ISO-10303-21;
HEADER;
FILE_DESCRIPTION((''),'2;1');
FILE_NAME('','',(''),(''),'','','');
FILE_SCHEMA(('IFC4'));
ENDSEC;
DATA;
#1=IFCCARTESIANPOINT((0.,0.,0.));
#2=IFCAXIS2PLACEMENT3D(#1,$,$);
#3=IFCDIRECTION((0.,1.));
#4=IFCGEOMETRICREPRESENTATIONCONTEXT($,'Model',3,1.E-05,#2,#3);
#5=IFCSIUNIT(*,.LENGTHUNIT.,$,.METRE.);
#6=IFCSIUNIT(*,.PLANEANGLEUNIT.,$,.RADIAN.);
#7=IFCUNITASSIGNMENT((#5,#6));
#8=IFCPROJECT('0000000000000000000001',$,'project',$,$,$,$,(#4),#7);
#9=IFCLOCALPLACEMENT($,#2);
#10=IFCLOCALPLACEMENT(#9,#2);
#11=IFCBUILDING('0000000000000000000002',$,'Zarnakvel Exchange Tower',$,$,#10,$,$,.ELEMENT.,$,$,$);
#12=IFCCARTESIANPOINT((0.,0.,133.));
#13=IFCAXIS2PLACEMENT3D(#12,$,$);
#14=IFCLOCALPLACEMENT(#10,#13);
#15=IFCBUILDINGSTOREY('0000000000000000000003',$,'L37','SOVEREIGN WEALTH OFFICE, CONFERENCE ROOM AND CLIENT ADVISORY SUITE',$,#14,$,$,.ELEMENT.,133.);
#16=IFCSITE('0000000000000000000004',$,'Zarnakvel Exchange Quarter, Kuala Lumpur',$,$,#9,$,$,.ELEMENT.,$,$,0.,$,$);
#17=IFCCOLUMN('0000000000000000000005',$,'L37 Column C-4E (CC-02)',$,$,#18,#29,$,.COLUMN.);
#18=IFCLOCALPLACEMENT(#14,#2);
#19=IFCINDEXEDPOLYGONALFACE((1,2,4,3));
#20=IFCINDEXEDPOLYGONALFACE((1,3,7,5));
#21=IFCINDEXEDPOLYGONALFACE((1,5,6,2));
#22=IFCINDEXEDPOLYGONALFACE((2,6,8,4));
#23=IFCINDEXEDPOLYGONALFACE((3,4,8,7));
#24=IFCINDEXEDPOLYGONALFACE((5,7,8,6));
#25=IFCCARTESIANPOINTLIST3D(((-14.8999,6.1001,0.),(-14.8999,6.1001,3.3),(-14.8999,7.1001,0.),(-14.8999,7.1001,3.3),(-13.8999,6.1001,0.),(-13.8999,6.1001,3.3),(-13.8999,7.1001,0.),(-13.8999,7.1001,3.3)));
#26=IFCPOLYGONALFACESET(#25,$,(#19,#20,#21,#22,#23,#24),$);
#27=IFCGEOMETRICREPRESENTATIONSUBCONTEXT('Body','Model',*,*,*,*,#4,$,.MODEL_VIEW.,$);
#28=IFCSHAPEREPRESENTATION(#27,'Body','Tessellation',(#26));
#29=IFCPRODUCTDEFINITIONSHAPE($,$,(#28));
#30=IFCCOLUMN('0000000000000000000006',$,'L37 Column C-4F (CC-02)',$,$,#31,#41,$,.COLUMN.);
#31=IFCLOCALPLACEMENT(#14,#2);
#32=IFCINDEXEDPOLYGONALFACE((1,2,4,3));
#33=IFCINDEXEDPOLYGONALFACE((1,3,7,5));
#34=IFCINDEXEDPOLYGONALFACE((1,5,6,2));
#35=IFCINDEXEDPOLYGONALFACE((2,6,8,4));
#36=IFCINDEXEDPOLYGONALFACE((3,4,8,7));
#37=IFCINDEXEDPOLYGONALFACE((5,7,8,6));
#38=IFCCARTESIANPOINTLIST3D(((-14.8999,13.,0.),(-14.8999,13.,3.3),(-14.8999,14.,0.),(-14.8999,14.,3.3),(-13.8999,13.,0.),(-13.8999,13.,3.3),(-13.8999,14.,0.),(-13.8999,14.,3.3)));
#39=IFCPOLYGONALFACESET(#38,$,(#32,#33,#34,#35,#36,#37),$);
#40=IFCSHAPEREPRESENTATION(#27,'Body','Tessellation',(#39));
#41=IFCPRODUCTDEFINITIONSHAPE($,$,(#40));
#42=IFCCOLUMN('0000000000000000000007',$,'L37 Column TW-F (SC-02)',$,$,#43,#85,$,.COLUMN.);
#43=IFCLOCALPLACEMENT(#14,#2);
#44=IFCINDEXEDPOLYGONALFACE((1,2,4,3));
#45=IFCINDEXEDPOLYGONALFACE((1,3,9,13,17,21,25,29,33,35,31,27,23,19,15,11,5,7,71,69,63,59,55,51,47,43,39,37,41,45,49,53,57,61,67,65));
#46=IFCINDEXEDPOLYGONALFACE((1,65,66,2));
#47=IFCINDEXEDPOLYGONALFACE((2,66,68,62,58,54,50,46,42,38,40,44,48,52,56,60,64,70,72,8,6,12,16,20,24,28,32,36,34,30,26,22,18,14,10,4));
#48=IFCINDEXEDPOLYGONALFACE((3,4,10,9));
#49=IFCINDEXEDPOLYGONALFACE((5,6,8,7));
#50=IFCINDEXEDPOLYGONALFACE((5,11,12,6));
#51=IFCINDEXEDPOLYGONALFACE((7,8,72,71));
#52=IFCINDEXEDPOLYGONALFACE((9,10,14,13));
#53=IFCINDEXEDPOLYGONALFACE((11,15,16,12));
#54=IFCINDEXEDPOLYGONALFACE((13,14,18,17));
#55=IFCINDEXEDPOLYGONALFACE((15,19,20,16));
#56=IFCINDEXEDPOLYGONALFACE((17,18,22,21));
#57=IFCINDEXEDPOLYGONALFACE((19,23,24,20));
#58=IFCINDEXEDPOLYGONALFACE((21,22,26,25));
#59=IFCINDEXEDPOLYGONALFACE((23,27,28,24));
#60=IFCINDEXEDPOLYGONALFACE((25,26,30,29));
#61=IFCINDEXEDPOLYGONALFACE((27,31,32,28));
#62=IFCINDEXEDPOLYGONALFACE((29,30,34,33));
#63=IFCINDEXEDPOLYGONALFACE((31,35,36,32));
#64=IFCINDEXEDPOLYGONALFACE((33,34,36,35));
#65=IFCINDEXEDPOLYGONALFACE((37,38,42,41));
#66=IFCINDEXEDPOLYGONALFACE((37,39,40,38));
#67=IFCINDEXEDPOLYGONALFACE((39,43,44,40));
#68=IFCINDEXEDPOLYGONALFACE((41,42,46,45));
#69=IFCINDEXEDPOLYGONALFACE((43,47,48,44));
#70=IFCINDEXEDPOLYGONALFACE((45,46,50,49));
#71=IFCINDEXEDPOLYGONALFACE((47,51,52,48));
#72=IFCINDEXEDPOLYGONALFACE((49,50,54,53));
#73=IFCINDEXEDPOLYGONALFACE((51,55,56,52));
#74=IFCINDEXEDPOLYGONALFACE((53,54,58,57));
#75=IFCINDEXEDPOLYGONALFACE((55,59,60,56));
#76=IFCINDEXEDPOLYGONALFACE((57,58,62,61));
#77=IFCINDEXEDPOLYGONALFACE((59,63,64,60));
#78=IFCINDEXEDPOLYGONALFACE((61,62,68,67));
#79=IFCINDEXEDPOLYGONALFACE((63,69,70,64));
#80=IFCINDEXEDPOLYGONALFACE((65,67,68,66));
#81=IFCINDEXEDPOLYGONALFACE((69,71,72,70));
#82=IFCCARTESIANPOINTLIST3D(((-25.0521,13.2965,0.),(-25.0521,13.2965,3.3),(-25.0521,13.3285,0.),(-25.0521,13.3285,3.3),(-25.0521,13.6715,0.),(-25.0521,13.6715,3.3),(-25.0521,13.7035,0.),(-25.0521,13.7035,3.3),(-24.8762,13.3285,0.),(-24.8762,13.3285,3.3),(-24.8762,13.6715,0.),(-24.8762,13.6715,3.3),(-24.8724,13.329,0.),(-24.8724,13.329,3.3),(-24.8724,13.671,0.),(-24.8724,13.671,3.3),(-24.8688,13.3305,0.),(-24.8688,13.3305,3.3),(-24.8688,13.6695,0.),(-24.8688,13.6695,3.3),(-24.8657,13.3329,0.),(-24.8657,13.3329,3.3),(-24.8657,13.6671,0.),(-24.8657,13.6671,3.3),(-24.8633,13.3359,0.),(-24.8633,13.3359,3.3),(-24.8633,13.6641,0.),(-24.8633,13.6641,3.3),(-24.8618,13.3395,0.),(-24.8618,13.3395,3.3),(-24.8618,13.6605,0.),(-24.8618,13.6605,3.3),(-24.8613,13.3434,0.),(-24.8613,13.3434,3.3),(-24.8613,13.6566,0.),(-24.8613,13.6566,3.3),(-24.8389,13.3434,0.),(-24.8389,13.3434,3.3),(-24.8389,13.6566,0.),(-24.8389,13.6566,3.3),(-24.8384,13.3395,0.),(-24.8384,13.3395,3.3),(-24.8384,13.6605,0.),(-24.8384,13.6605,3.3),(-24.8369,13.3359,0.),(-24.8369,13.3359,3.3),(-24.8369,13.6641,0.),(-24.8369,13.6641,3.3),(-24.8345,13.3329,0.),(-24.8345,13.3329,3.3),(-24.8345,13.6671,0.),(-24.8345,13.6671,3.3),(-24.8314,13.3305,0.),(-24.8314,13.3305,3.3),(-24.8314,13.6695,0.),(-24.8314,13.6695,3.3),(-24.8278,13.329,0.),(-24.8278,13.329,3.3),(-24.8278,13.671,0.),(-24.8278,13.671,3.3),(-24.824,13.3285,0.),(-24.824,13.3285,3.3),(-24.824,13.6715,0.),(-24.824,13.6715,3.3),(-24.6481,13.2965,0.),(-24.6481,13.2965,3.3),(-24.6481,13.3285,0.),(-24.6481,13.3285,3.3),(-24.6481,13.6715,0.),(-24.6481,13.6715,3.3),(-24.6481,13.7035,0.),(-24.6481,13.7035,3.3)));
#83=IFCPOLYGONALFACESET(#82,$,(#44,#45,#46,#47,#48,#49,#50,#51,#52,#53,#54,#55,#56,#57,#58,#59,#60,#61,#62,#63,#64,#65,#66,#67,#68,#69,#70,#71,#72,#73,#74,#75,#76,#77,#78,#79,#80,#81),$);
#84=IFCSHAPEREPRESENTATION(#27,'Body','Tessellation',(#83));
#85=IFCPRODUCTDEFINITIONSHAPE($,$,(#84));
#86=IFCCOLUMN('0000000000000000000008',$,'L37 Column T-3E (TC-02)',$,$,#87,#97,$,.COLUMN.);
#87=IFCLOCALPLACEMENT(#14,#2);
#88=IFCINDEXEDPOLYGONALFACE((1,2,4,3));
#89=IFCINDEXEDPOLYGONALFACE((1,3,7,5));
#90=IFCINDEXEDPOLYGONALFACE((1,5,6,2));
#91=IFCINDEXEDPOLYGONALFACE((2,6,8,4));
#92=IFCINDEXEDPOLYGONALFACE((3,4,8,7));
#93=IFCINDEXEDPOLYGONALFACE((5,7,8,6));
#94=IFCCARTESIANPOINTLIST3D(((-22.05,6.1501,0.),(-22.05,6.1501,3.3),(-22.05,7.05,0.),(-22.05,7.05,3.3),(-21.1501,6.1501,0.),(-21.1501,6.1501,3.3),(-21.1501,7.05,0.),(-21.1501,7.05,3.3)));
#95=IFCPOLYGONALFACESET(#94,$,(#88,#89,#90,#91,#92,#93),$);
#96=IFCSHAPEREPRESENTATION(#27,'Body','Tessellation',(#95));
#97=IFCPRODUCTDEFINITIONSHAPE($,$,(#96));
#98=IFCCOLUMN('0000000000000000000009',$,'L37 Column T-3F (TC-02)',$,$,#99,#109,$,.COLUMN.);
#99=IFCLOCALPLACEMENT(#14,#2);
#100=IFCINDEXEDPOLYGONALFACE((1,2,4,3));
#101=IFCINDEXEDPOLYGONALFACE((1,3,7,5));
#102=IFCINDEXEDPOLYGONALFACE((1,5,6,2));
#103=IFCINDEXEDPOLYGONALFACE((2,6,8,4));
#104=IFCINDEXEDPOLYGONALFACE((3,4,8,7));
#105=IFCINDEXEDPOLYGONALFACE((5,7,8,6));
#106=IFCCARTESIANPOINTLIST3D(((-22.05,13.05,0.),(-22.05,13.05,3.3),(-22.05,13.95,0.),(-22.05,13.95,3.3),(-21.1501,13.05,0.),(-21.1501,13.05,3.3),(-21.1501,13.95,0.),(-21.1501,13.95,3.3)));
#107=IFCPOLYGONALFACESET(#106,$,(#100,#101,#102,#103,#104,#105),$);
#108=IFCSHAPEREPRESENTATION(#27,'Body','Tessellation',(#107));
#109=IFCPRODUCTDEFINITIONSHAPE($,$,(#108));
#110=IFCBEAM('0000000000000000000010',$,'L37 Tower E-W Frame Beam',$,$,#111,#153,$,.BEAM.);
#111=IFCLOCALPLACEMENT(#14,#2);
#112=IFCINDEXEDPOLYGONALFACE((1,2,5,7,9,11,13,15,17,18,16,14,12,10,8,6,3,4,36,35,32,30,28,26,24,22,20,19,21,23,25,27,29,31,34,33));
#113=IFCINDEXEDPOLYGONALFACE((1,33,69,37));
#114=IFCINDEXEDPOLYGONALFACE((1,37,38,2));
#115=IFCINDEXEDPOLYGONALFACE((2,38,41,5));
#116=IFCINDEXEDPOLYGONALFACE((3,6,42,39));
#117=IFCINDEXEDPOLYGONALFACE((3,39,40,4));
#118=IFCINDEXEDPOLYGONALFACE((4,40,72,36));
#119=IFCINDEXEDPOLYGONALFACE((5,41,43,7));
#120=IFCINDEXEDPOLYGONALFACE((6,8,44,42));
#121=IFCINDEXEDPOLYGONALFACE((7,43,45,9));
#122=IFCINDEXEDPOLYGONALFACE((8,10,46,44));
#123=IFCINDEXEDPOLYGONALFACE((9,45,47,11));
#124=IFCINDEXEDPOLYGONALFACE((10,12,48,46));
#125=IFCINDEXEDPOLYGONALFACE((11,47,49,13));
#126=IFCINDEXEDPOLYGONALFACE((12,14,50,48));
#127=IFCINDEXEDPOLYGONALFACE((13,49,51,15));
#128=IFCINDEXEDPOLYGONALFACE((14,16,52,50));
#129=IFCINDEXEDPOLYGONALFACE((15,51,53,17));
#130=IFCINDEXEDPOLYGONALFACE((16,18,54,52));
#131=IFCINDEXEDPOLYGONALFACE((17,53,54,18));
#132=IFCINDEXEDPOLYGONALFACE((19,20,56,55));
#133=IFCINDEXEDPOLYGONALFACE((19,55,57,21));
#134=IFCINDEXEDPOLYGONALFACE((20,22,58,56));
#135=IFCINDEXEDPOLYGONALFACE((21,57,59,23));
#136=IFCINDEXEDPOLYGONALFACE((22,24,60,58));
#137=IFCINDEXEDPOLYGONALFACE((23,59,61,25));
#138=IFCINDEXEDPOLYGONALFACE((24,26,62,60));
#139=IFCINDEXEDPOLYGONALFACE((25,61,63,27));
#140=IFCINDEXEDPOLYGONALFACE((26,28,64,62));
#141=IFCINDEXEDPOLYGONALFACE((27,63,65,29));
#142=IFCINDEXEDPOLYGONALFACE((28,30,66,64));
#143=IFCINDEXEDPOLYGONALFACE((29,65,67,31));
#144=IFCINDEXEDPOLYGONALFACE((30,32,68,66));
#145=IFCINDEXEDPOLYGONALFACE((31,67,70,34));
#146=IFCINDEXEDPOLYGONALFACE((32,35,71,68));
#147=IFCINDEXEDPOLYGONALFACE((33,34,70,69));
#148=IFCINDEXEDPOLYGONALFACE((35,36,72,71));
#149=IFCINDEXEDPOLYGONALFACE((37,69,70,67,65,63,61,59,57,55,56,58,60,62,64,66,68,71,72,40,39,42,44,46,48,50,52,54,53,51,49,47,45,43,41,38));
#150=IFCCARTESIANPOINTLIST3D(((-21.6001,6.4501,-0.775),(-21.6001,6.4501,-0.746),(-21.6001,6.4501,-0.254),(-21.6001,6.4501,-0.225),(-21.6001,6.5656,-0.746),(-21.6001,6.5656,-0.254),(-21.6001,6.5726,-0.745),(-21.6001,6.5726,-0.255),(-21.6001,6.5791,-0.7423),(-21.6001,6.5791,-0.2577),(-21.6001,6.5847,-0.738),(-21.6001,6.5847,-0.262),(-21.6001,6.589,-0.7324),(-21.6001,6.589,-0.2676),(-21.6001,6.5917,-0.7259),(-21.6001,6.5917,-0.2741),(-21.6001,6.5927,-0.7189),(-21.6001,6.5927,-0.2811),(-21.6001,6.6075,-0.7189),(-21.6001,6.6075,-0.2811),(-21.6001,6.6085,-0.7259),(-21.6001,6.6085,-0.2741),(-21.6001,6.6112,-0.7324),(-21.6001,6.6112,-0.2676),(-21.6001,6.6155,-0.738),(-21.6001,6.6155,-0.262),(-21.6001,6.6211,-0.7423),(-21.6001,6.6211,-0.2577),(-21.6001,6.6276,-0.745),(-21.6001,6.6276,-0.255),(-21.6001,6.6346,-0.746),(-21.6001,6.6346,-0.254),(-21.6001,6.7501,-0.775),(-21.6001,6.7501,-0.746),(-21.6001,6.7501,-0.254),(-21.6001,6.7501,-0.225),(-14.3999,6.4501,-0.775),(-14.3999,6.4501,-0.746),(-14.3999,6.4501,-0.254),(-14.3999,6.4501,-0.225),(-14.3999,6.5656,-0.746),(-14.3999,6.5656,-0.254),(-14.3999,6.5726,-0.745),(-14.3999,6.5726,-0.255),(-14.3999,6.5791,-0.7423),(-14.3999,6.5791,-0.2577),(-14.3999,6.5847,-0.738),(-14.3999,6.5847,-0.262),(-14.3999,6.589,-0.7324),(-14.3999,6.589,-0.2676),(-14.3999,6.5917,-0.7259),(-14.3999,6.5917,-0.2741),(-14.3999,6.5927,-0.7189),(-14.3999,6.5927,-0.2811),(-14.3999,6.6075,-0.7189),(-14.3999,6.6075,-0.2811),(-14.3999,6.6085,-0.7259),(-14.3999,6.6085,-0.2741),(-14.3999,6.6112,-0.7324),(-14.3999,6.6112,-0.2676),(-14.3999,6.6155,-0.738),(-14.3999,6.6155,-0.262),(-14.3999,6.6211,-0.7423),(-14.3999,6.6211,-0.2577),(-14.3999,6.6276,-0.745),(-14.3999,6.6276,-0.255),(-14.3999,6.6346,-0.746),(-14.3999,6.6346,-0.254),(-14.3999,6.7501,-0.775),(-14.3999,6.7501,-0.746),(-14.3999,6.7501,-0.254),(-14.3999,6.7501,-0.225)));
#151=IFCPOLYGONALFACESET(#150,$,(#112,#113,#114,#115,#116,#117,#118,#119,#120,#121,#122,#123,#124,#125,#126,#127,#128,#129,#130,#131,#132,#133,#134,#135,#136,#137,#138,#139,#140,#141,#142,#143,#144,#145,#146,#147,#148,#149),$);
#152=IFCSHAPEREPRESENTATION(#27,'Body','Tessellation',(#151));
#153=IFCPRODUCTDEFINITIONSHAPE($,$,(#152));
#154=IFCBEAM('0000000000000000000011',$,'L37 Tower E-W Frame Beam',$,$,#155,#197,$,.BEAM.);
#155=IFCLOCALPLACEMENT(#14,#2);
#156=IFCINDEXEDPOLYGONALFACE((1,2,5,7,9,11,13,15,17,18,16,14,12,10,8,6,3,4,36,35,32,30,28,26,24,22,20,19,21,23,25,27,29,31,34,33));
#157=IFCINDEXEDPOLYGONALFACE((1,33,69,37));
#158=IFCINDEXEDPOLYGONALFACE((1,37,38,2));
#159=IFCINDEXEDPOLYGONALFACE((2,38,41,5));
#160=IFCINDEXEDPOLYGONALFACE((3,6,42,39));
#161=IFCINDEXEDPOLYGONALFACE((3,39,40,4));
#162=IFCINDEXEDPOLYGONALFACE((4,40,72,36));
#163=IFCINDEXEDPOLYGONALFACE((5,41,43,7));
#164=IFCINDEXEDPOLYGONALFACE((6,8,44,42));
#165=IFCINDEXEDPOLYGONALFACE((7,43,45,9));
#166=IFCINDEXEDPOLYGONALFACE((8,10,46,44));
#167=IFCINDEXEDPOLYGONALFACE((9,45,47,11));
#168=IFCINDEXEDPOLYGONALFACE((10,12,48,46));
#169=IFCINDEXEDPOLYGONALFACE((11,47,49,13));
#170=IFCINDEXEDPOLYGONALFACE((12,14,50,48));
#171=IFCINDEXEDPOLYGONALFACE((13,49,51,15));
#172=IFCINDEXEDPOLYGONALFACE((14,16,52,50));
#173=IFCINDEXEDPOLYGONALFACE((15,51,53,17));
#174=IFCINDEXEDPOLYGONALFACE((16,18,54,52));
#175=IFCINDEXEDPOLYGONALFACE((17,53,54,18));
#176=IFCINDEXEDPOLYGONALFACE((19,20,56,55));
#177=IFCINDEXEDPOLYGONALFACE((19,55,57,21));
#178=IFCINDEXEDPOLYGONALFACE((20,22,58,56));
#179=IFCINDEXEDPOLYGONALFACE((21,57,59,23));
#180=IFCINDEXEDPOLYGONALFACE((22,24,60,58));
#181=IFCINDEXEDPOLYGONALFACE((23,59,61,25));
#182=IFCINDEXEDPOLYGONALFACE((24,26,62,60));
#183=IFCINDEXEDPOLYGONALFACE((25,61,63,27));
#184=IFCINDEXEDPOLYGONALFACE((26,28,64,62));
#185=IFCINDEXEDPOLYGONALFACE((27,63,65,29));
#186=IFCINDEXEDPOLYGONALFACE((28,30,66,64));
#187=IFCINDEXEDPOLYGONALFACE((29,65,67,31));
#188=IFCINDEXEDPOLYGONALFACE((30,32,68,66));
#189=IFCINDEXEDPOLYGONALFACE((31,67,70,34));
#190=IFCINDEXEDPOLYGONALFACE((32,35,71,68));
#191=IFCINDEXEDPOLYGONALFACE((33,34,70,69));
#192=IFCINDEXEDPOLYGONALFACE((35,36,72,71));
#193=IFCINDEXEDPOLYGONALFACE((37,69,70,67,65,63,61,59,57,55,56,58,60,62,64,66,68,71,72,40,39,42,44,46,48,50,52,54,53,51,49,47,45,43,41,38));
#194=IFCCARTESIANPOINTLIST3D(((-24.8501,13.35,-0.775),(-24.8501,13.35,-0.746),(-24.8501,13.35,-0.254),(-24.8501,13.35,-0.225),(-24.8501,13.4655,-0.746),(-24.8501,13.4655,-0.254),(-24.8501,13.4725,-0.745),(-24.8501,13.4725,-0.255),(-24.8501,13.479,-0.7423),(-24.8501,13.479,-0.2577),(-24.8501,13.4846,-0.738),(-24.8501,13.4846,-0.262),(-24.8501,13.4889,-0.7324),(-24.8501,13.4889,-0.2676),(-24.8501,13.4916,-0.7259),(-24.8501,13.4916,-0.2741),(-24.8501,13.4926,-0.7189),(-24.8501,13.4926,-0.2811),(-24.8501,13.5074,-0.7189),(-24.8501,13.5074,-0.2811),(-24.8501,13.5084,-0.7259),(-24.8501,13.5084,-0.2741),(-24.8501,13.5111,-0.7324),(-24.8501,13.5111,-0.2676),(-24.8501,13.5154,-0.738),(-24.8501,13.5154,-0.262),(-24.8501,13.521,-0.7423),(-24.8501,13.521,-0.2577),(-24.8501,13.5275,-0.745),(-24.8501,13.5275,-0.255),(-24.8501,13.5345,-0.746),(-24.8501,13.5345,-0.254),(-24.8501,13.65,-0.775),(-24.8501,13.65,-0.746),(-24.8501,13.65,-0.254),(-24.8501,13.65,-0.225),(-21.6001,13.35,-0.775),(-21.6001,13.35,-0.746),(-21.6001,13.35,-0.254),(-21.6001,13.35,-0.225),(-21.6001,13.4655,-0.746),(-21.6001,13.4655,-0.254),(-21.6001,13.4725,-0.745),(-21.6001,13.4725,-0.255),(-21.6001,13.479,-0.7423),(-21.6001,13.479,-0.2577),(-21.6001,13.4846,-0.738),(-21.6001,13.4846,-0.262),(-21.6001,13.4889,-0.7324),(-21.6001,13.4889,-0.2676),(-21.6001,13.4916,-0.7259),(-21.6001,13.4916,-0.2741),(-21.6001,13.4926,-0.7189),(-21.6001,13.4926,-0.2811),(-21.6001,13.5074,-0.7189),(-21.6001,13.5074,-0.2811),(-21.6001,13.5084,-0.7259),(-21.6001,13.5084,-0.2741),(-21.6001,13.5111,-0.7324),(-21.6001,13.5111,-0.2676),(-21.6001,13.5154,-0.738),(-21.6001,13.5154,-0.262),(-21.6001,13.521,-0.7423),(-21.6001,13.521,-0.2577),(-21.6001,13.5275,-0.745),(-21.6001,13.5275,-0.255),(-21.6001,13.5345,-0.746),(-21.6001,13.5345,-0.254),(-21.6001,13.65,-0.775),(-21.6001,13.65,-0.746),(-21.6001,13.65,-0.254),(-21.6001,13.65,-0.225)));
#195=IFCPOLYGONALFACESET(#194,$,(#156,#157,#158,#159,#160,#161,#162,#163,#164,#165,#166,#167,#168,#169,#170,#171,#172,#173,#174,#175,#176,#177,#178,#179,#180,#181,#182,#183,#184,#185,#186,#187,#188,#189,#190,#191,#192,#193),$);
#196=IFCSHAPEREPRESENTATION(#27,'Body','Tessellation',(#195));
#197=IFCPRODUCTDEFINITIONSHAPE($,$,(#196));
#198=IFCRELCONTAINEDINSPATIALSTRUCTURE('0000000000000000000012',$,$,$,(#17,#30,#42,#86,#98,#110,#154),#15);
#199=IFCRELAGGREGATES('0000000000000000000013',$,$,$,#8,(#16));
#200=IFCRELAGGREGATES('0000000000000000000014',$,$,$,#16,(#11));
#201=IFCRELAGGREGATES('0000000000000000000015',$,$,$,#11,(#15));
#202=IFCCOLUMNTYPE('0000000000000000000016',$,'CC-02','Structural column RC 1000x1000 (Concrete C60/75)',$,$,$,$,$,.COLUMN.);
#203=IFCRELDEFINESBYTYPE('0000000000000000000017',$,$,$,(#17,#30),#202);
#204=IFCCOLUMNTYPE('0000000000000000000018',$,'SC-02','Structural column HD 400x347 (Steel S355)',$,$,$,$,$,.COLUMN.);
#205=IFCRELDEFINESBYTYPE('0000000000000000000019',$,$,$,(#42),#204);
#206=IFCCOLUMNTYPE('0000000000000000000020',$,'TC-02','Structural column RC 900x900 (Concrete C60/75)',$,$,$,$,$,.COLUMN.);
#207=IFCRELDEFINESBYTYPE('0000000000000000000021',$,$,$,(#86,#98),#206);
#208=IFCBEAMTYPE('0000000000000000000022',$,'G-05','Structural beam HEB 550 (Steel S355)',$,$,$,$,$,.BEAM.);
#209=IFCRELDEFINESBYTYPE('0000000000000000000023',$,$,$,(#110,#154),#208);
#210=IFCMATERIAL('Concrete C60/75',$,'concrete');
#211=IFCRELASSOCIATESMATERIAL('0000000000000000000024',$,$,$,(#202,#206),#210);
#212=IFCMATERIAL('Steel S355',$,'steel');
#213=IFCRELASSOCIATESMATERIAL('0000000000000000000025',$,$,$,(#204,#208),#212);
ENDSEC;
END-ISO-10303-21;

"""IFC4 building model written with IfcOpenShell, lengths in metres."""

from ifc_helpers import new_model, si_unit, direction, frame, origin, origin_2d, place, context, subcontext, project, spatial, rectangle, i_section, extrude, material, material_profile, profile_set, type_object, element, save


model = new_model("IFC4")

# Units and contexts
model_context = context("Model", 3, precision=1e-05, world=origin(), true_north=direction((0.0, 1.0)))
body_context = subcontext(model_context, "Body", "Model", "MODEL_VIEW")
ifc_project = project(units=[si_unit("LENGTHUNIT", "METRE"), si_unit("PLANEANGLEUNIT", "RADIAN")], contexts=[model_context])

# Site, building, storey
site_placement = place(None, origin())
site = spatial("IfcSite", under=ifc_project, at=site_placement, Name="Zarnakvel Exchange Quarter, Kuala Lumpur", CompositionType="ELEMENT", RefElevation=0.0)
building_placement = place(site_placement, origin())
building = spatial("IfcBuilding", under=site, at=building_placement, Name="Zarnakvel Exchange Tower", CompositionType="ELEMENT")
storey_placement = place(building_placement, frame((0.0, 0.0, 133.0)))
storey = spatial("IfcBuildingStorey", under=building, at=storey_placement, Name="L37", Description="SOVEREIGN WEALTH OFFICE, CONFERENCE ROOM AND CLIENT ADVISORY SUITE", CompositionType="ELEMENT", Elevation=133.0)

# Columns
ifc_material_1 = material(Name="Concrete C60/75", Category="concrete")
ifc_material_profile_1 = material_profile(ifc_material_1, rectangle(XDim=1.0, YDim=1.0, at=origin_2d()))
ifc_profile_set_1 = profile_set([ifc_material_profile_1], Name="Concrete C60/75")
column_type_1 = type_object("IfcColumnType", Name="CC-02", Description="Structural column RC 1000x1000 (Concrete C60/75)", PredefinedType="COLUMN", material=ifc_profile_set_1)
for number, where, z_axis, x_axis, name in (
    (1, (-14.3999, 6.6001, 0.0), (0.0, 0.0, 1.0), (1.0, 0.0, 0.0), "L37 Column C-4E (CC-02)"),
    (2, (-14.3999, 13.5, 0.0), (0.0, 0.0, 1.0), (1.0, 0.0, 0.0), "L37 Column C-4F (CC-02)"),
):
    element("IfcColumn", number, at=place(storey_placement, frame(where, z_axis=z_axis, x_axis=x_axis)), inside=storey, type_object=column_type_1, Name=name, PredefinedType="COLUMN", context=body_context, shape_type="SweptSolid", body=[
        extrude(rectangle(XDim=1.0, YDim=1.0, at=origin_2d()), origin(), (0.0, 0.0, 1.0), 3.3),
    ])
ifc_material_2 = material(Name="Steel S355", Category="steel")
ifc_material_profile_2 = material_profile(ifc_material_2, i_section(OverallWidth=0.4041, OverallDepth=0.407, WebThickness=0.0225, FlangeThickness=0.032, FilletRadius=0.0149, at=origin_2d()))
ifc_profile_set_2 = profile_set([ifc_material_profile_2], Name="Steel S355")
column_type_2 = type_object("IfcColumnType", Name="SC-02", Description="Structural column HD 400x347 (Steel S355)", PredefinedType="COLUMN", material=ifc_profile_set_2)
column_placement = place(storey_placement, frame((-24.8501, 13.5, 0.0), z_axis=(0.0, 0.0, 1.0), x_axis=(1.0, 0.0, 0.0)))
element("IfcColumn", 3, at=column_placement, inside=storey, type_object=column_type_2, Name="L37 Column TW-F (SC-02)", PredefinedType="COLUMN", context=body_context, shape_type="SweptSolid", body=[
    extrude(i_section(OverallWidth=0.4041, OverallDepth=0.407, WebThickness=0.0225, FlangeThickness=0.032, FilletRadius=0.0149, at=origin_2d()), origin(), (0.0, 0.0, 1.0), 3.3),
])
ifc_material_profile_3 = material_profile(ifc_material_1, rectangle(XDim=0.8999, YDim=0.8999, at=origin_2d()))
ifc_profile_set_3 = profile_set([ifc_material_profile_3], Name="Concrete C60/75")
column_type_3 = type_object("IfcColumnType", Name="TC-02", Description="Structural column RC 900x900 (Concrete C60/75)", PredefinedType="COLUMN", material=ifc_profile_set_3)
for number, where, z_axis, x_axis, name in (
    (4, (-21.6001, 6.6001, 0.0), (0.0, 0.0, 1.0), (1.0, 0.0, 0.0), "L37 Column T-3E (TC-02)"),
    (5, (-21.6001, 13.5, 0.0), (0.0, 0.0, 1.0), (1.0, 0.0, 0.0), "L37 Column T-3F (TC-02)"),
):
    element("IfcColumn", number, at=place(storey_placement, frame(where, z_axis=z_axis, x_axis=x_axis)), inside=storey, type_object=column_type_3, Name=name, PredefinedType="COLUMN", context=body_context, shape_type="SweptSolid", body=[
        extrude(rectangle(XDim=0.8999, YDim=0.8999, at=origin_2d()), origin(), (0.0, 0.0, 1.0), 3.3),
    ])

# Beams
ifc_material_profile_4 = material_profile(ifc_material_2, i_section(OverallWidth=0.3, OverallDepth=0.55, WebThickness=0.0149, FlangeThickness=0.0291, FilletRadius=0.0271, at=origin_2d()))
ifc_profile_set_4 = profile_set([ifc_material_profile_4], Name="Steel S355")
beam_type = type_object("IfcBeamType", Name="G-05", Description="Structural beam HEB 550 (Steel S355)", PredefinedType="BEAM", material=ifc_profile_set_4)
beam_1_placement = place(storey_placement, frame((-21.6001, 6.6001, -0.5), z_axis=(1.0, 0.0, 0.0), x_axis=(0.0, 1.0, 0.0)))
element("IfcBeam", 6, at=beam_1_placement, inside=storey, type_object=beam_type, Name="L37 Tower E-W Frame Beam", PredefinedType="BEAM", context=body_context, shape_type="SweptSolid", body=[
    extrude(i_section(OverallWidth=0.3, OverallDepth=0.55, WebThickness=0.0149, FlangeThickness=0.0291, FilletRadius=0.0271, at=origin_2d()), origin(), (0.0, 0.0, 1.0), 7.2002),
])
beam_2_placement = place(storey_placement, frame((-24.8501, 13.5, -0.5), z_axis=(1.0, 0.0, 0.0), x_axis=(0.0, 1.0, 0.0)))
element("IfcBeam", 7, at=beam_2_placement, inside=storey, type_object=beam_type, Name="L37 Tower E-W Frame Beam", PredefinedType="BEAM", context=body_context, shape_type="SweptSolid", body=[
    extrude(i_section(OverallWidth=0.3, OverallDepth=0.55, WebThickness=0.0149, FlangeThickness=0.0291, FilletRadius=0.0271, at=origin_2d()), origin(), (0.0, 0.0, 1.0), 3.25),
])

save(model, "model.ifc")
